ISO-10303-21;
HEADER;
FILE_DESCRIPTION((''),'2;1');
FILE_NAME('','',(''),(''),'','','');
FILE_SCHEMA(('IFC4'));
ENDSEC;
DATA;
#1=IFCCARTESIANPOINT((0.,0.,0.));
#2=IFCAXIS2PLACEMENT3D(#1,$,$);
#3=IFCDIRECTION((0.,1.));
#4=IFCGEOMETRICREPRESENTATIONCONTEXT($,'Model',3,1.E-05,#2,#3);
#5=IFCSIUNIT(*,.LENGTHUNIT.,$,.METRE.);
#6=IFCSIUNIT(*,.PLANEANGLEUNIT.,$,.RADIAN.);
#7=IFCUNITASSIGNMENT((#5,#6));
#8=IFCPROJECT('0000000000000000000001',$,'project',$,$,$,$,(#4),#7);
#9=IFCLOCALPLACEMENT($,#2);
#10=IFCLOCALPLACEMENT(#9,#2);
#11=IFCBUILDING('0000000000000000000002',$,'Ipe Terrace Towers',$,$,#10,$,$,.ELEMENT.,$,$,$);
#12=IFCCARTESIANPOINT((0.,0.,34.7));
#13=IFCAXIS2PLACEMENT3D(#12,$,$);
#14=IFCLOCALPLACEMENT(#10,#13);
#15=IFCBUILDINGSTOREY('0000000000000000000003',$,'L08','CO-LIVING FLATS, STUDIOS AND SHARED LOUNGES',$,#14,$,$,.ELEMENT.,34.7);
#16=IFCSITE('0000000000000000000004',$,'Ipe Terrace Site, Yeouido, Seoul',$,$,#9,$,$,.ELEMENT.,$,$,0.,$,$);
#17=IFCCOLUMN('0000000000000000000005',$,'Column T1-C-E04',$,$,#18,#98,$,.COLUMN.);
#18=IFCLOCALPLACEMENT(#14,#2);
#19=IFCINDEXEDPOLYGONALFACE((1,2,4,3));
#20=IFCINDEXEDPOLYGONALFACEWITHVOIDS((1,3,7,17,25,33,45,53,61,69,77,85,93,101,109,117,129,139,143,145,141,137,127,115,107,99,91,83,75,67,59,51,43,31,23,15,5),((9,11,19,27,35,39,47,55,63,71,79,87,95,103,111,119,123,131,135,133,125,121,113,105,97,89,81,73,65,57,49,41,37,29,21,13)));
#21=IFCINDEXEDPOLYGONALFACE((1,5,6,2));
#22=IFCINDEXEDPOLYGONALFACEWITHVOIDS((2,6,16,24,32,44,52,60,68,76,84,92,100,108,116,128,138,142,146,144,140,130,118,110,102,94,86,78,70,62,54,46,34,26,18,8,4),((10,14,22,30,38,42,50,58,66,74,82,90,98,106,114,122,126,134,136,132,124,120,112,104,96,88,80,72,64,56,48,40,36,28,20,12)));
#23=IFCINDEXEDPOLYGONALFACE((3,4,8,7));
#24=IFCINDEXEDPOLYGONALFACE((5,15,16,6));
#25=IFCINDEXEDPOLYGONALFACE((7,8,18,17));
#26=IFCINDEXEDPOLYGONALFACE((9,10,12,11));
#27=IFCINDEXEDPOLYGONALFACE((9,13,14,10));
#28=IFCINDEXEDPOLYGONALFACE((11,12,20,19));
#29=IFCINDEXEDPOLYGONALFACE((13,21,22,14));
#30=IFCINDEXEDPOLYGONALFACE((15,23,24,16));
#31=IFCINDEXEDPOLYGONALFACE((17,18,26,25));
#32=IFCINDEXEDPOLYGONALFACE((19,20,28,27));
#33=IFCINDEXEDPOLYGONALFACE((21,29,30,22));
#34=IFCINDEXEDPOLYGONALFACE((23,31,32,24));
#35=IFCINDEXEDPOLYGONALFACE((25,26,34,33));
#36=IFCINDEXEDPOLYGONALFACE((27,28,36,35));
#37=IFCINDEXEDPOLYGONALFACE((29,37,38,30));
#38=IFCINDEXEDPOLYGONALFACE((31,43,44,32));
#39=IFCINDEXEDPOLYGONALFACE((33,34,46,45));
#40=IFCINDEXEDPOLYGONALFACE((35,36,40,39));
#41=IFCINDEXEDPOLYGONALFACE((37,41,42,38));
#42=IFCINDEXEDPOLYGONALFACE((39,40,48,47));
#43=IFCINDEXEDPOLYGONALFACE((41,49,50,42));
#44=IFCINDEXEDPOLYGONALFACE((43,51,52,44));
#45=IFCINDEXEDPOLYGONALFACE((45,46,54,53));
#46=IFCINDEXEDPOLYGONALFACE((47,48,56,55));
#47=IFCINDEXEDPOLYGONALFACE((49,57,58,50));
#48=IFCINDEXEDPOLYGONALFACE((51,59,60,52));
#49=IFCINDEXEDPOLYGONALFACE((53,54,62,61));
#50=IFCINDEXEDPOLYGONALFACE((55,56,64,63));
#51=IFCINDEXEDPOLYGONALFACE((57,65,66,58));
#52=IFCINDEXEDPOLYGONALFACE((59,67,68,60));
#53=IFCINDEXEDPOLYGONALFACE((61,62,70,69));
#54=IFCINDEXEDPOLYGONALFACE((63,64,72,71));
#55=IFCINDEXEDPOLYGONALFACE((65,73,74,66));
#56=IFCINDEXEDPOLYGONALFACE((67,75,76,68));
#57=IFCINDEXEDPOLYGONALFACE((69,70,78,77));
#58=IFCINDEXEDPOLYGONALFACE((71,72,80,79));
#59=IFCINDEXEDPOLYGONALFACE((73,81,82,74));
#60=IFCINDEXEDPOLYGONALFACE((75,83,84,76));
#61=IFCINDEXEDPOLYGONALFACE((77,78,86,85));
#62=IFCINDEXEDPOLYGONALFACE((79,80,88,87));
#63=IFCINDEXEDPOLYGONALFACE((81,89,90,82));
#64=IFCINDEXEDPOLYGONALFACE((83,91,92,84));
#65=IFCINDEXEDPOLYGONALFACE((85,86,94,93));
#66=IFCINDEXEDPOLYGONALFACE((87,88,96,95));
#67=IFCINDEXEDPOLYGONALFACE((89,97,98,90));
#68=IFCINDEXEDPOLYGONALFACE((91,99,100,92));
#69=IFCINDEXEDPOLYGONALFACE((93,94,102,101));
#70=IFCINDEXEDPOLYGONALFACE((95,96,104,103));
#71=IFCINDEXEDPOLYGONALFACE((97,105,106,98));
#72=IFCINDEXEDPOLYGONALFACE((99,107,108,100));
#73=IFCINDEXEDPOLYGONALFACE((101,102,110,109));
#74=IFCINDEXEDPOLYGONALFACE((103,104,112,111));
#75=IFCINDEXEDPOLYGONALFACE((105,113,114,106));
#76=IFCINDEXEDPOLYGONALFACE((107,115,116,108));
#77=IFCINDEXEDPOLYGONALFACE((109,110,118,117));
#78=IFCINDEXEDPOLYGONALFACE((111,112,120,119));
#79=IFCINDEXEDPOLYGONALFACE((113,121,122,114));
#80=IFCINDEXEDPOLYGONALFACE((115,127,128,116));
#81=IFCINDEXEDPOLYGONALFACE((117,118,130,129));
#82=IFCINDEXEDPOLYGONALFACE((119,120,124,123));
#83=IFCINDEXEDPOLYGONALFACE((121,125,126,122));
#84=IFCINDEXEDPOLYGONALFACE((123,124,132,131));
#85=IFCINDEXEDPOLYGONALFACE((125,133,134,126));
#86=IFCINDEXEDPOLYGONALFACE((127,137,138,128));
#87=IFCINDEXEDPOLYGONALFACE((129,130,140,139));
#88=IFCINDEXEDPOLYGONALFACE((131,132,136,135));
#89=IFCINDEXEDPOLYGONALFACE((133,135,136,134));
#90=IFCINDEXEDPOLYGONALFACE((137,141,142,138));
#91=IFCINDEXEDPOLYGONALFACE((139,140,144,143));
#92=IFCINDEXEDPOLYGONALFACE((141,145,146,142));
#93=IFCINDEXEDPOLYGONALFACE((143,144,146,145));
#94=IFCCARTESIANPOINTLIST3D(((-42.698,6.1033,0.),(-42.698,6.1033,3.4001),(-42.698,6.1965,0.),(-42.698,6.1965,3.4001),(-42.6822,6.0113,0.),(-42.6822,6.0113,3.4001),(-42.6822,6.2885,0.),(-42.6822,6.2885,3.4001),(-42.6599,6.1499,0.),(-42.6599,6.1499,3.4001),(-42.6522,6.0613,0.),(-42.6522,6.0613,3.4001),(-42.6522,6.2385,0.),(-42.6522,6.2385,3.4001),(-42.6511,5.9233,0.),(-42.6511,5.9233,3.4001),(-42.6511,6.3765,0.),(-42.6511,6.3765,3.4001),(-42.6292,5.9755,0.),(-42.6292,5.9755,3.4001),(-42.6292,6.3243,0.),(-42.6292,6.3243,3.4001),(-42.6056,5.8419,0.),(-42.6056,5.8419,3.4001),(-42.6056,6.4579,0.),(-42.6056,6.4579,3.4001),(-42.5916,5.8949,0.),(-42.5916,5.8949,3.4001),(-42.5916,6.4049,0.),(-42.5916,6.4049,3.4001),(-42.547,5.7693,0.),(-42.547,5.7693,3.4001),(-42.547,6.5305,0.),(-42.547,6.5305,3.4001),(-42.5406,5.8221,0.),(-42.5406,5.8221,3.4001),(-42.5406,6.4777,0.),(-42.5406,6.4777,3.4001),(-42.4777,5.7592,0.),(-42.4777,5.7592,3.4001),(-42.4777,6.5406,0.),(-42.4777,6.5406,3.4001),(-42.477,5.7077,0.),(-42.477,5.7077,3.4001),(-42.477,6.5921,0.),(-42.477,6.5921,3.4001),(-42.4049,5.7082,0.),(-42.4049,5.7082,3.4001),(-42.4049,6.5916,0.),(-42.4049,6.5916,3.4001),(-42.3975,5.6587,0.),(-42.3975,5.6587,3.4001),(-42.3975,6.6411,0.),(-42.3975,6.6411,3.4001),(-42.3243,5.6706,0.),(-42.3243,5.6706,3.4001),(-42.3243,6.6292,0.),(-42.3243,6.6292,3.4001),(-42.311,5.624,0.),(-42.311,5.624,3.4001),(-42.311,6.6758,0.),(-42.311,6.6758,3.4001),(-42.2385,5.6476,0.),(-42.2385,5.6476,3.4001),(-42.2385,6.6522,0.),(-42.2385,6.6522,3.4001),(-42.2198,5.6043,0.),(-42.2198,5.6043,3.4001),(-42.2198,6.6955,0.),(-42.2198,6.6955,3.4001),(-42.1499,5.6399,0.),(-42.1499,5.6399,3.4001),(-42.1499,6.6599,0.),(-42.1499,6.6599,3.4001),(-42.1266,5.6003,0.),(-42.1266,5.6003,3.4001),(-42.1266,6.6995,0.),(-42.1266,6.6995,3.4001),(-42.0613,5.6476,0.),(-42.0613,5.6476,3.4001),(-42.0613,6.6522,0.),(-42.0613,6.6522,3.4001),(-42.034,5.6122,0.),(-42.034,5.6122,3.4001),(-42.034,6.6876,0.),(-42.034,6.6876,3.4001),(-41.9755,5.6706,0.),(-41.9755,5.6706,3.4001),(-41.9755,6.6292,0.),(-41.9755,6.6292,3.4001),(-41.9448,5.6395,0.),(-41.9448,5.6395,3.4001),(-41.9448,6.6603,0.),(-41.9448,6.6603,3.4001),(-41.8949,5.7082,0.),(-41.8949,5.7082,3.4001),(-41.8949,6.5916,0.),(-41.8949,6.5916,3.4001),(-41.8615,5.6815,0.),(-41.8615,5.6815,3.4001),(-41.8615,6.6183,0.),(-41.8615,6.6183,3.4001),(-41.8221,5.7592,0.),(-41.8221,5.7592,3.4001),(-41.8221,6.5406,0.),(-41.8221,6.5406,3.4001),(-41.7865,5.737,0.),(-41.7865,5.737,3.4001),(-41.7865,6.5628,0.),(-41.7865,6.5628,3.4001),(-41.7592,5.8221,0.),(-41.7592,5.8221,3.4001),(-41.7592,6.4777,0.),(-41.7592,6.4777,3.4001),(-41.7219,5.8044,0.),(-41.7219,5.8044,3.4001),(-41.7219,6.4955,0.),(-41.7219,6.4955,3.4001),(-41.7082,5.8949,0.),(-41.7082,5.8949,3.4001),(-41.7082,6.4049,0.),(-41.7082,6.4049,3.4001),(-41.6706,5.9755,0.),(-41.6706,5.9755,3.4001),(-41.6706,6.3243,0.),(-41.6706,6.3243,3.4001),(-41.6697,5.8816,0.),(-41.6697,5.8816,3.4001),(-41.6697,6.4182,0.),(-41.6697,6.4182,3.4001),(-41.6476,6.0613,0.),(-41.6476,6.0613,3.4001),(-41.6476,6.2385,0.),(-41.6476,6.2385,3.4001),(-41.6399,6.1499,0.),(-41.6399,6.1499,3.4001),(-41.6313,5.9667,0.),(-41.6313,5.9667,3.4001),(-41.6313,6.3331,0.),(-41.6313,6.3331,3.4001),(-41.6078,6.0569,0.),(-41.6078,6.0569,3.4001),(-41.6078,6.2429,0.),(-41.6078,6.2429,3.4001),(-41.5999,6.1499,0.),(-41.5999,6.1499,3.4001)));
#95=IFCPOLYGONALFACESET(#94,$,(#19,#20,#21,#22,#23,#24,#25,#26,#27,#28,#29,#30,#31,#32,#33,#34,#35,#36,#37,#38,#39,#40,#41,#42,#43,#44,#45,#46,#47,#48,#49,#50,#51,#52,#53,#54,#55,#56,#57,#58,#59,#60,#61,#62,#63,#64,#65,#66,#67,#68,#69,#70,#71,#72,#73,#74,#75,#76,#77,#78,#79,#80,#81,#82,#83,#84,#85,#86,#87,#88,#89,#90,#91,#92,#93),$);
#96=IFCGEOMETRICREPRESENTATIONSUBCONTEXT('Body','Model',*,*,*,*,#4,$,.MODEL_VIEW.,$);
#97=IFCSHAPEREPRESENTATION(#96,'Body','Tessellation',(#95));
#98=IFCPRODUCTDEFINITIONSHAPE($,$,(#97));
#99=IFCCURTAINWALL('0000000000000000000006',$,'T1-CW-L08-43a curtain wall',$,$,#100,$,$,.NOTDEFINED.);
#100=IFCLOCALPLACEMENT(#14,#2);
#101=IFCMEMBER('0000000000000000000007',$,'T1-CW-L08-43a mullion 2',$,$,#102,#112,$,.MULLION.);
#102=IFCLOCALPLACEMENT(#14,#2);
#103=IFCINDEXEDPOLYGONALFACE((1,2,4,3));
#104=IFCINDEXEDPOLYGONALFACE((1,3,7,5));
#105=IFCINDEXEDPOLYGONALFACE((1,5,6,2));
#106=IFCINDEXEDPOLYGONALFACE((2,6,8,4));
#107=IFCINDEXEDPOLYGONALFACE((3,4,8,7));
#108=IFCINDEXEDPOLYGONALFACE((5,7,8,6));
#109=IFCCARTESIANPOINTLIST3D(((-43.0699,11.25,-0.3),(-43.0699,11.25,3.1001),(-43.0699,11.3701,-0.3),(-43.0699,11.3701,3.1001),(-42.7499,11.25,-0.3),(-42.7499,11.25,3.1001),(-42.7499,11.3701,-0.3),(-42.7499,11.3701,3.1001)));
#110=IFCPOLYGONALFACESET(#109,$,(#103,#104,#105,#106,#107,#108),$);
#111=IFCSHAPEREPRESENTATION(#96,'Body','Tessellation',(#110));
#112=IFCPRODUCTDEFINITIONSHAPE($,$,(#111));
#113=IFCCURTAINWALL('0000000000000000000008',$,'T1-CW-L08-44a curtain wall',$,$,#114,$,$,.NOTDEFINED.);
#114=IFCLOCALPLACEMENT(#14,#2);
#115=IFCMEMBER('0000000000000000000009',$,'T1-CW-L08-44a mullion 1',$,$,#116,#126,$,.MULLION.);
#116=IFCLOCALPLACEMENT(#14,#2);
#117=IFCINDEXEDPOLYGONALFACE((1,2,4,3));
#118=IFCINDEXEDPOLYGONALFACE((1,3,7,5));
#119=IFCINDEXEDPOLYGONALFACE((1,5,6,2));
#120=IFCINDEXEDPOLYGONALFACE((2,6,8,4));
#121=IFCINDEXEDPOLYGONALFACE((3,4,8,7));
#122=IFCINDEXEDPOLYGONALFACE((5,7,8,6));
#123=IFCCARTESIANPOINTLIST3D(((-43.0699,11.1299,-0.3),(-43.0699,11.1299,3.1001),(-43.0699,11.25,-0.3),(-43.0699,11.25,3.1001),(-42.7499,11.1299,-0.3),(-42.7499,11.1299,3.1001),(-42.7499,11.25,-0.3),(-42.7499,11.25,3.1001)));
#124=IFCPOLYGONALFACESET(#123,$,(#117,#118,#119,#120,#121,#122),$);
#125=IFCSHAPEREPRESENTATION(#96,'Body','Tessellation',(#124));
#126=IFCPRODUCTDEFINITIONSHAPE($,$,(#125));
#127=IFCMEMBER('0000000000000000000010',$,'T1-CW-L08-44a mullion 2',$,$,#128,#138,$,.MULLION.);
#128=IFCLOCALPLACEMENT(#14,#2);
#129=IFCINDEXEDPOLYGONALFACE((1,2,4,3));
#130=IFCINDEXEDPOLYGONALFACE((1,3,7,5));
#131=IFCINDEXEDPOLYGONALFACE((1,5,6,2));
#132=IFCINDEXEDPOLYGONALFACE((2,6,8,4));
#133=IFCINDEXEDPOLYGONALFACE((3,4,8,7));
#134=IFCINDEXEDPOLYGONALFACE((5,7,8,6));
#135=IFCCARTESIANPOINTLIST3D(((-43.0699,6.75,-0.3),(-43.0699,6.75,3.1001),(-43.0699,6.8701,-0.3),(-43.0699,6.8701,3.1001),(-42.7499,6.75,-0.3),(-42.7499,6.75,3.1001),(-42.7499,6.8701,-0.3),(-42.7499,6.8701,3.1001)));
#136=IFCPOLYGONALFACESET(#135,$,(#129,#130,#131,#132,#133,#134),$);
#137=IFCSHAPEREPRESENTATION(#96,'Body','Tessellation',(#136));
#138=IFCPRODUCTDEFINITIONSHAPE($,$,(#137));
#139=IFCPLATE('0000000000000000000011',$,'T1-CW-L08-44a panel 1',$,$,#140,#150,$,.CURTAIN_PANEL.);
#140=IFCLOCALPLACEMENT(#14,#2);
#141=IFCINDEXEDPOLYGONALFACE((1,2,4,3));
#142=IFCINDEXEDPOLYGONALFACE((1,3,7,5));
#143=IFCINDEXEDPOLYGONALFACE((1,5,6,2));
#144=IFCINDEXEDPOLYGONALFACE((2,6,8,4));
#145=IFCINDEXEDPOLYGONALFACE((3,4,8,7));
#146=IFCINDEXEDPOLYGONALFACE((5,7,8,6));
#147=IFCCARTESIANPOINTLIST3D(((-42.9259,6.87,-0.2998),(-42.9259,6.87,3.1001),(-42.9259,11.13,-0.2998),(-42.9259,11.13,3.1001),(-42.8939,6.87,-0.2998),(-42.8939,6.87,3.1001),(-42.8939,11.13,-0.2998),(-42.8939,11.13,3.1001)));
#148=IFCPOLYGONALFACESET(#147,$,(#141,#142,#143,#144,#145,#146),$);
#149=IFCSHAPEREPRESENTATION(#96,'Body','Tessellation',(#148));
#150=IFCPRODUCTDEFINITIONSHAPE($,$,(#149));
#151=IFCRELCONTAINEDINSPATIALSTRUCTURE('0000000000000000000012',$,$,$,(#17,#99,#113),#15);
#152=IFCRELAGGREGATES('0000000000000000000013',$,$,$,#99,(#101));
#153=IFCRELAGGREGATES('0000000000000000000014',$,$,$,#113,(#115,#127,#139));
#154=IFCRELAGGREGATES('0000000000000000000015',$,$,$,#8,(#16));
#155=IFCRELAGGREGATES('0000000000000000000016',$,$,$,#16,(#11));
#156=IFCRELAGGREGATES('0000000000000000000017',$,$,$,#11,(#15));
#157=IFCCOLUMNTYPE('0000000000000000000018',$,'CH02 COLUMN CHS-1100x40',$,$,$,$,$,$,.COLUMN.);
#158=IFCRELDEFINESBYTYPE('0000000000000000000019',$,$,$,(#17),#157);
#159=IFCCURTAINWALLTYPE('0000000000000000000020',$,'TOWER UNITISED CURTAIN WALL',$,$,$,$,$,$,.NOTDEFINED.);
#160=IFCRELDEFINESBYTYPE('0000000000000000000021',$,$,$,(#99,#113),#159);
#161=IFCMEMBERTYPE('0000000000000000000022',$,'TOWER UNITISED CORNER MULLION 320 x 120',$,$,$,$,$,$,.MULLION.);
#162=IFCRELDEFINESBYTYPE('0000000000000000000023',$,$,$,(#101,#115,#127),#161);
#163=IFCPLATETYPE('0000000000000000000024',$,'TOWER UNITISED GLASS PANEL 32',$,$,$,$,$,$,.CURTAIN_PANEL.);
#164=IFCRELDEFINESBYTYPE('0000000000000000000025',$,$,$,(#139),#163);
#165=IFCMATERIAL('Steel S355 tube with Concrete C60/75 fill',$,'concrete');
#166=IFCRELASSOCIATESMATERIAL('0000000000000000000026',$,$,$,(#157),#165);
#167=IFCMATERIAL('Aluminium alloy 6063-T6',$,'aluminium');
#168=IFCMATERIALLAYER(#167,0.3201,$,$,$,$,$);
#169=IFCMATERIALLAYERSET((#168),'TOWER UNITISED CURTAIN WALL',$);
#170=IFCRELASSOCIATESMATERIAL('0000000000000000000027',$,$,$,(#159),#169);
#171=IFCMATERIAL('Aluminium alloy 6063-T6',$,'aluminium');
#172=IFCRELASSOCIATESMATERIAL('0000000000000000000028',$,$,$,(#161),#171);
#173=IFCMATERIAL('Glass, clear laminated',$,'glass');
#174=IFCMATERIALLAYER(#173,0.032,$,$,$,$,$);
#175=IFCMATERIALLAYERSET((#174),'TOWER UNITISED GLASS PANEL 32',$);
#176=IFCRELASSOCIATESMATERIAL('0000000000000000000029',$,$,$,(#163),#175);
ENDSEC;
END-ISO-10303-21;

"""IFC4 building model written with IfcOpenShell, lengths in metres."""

from ifc_helpers import new_model, si_unit, direction, frame, origin, origin_2d, place, context, subcontext, project, spatial, rectangle, hollow_circle, extrude, material, layer, layer_set, material_profile, profile_set, type_object, element, aggregate, save


model = new_model("IFC4")

# Units and contexts
model_context = context("Model", 3, precision=1e-05, world=origin(), true_north=direction((0.0, 1.0)))
body_context = subcontext(model_context, "Body", "Model", "MODEL_VIEW")
ifc_project = project(units=[si_unit("LENGTHUNIT", "METRE"), si_unit("PLANEANGLEUNIT", "RADIAN")], contexts=[model_context])

# Site, building, storey
site_placement = place(None, origin())
site = spatial("IfcSite", under=ifc_project, at=site_placement, Name="Ipe Terrace Site, Yeouido, Seoul", CompositionType="ELEMENT", RefElevation=0.0)
building_placement = place(site_placement, origin())
building = spatial("IfcBuilding", under=site, at=building_placement, Name="Ipe Terrace Towers", CompositionType="ELEMENT")
storey_placement = place(building_placement, frame((0.0, 0.0, 34.7)))
storey = spatial("IfcBuildingStorey", under=building, at=storey_placement, Name="L08", Description="CO-LIVING FLATS, STUDIOS AND SHARED LOUNGES", CompositionType="ELEMENT", Elevation=34.7)

# Column
ifc_material_1 = material(Name="Steel S355 tube with Concrete C60/75 fill", Category="concrete")
ifc_material_profile_1 = material_profile(ifc_material_1, hollow_circle(Radius=0.55, WallThickness=0.04, at=origin_2d()), Name="CHS-1100x40")
ifc_profile_set_1 = profile_set([ifc_material_profile_1], Name="Steel S355 tube with Concrete C60/75 fill")
column_type = type_object("IfcColumnType", Name="CH02 COLUMN CHS-1100x40", PredefinedType="COLUMN", material=ifc_profile_set_1)
column_placement = place(storey_placement, frame((-42.1499, 6.1499, 0.0), z_axis=(0.0, 0.0, 1.0), x_axis=(1.0, 0.0, 0.0)))
element("IfcColumn", 1, at=column_placement, inside=storey, type_object=column_type, Name="Column T1-C-E04", PredefinedType="COLUMN", context=body_context, shape_type="SweptSolid", body=[
    extrude(hollow_circle(Radius=0.55, WallThickness=0.04, at=origin_2d()), origin(), (0.0, 0.0, 1.0), 3.4001),
])

# Curtain wall, member
ifc_material_2 = material(Name="Aluminium alloy 6063-T6", Category="aluminium")
ifc_layer_1 = layer(ifc_material_2, 0.3201)
ifc_layer_set_1 = layer_set([ifc_layer_1], Name="TOWER UNITISED CURTAIN WALL")
curtain_wall_type = type_object("IfcCurtainWallType", Name="TOWER UNITISED CURTAIN WALL", PredefinedType="NOTDEFINED", material=ifc_layer_set_1)
curtain_wall_1_placement = place(storey_placement, origin())
curtain_wall_1 = element("IfcCurtainWall", 2, at=curtain_wall_1_placement, inside=storey, type_object=curtain_wall_type, Name="T1-CW-L08-43a curtain wall", PredefinedType="NOTDEFINED")
ifc_material_3 = material(Name="Aluminium alloy 6063-T6", Category="aluminium")
ifc_material_profile_2 = material_profile(ifc_material_3, rectangle(XDim=0.3201, YDim=0.1201, at=origin_2d()), Name="TOWER UNITISED CORNER MULLION 320 x 120")
ifc_profile_set_2 = profile_set([ifc_material_profile_2], Name="Aluminium alloy 6063-T6")
member_type = type_object("IfcMemberType", Name="TOWER UNITISED CORNER MULLION 320 x 120", PredefinedType="MULLION", material=ifc_profile_set_2)
member_1_placement = place(storey_placement, frame((-42.9099, 11.3101, -0.3), z_axis=(0.0, 0.0, 1.0), x_axis=(-1.0, 0.0, 0.0)))
member_1 = element("IfcMember", 3, at=member_1_placement, type_object=member_type, Name="T1-CW-L08-43a mullion 2", PredefinedType="MULLION", context=body_context, shape_type="SweptSolid", body=[
    extrude(rectangle(XDim=0.3201, YDim=0.1201, at=origin_2d()), origin(), (0.0, 0.0, 1.0), 3.4001),
])
aggregate(curtain_wall_1, [member_1])

# Curtain wall, members, plate
curtain_wall_2_placement = place(storey_placement, origin())
curtain_wall_2 = element("IfcCurtainWall", 4, at=curtain_wall_2_placement, inside=storey, type_object=curtain_wall_type, Name="T1-CW-L08-44a curtain wall", PredefinedType="NOTDEFINED")
member_2_placement = place(storey_placement, frame((-42.9099, 11.1899, -0.3), z_axis=(0.0, 0.0, 1.0), x_axis=(-1.0, 0.0, 0.0)))
member_2 = element("IfcMember", 5, at=member_2_placement, type_object=member_type, Name="T1-CW-L08-44a mullion 1", PredefinedType="MULLION", context=body_context, shape_type="SweptSolid", body=[
    extrude(rectangle(XDim=0.3201, YDim=0.1201, at=origin_2d()), origin(), (0.0, 0.0, 1.0), 3.4001),
])
member_3_placement = place(storey_placement, frame((-42.9099, 6.8101, -0.3), z_axis=(0.0, 0.0, 1.0), x_axis=(-1.0, 0.0, 0.0)))
member_3 = element("IfcMember", 6, at=member_3_placement, type_object=member_type, Name="T1-CW-L08-44a mullion 2", PredefinedType="MULLION", context=body_context, shape_type="SweptSolid", body=[
    extrude(rectangle(XDim=0.3201, YDim=0.1201, at=origin_2d()), origin(), (0.0, 0.0, 1.0), 3.4001),
])
ifc_material_4 = material(Name="Glass, clear laminated", Category="glass")
ifc_layer_2 = layer(ifc_material_4, 0.032)
ifc_layer_set_2 = layer_set([ifc_layer_2], Name="TOWER UNITISED GLASS PANEL 32")
plate_type = type_object("IfcPlateType", Name="TOWER UNITISED GLASS PANEL 32", PredefinedType="CURTAIN_PANEL", material=ifc_layer_set_2)
plate_placement = place(storey_placement, frame((-42.9099, 9.0, -0.2998), z_axis=(0.0, 0.0, 1.0), x_axis=(0.0, -1.0, 0.0)))
plate = element("IfcPlate", 7, at=plate_placement, type_object=plate_type, Name="T1-CW-L08-44a panel 1", PredefinedType="CURTAIN_PANEL", context=body_context, shape_type="SweptSolid", body=[
    extrude(rectangle(XDim=4.26, YDim=0.032, at=origin_2d()), origin(), (0.0, 0.0, 1.0), 3.3999),
])
aggregate(curtain_wall_2, [member_2, member_3, plate])

save(model, "model.ifc")
